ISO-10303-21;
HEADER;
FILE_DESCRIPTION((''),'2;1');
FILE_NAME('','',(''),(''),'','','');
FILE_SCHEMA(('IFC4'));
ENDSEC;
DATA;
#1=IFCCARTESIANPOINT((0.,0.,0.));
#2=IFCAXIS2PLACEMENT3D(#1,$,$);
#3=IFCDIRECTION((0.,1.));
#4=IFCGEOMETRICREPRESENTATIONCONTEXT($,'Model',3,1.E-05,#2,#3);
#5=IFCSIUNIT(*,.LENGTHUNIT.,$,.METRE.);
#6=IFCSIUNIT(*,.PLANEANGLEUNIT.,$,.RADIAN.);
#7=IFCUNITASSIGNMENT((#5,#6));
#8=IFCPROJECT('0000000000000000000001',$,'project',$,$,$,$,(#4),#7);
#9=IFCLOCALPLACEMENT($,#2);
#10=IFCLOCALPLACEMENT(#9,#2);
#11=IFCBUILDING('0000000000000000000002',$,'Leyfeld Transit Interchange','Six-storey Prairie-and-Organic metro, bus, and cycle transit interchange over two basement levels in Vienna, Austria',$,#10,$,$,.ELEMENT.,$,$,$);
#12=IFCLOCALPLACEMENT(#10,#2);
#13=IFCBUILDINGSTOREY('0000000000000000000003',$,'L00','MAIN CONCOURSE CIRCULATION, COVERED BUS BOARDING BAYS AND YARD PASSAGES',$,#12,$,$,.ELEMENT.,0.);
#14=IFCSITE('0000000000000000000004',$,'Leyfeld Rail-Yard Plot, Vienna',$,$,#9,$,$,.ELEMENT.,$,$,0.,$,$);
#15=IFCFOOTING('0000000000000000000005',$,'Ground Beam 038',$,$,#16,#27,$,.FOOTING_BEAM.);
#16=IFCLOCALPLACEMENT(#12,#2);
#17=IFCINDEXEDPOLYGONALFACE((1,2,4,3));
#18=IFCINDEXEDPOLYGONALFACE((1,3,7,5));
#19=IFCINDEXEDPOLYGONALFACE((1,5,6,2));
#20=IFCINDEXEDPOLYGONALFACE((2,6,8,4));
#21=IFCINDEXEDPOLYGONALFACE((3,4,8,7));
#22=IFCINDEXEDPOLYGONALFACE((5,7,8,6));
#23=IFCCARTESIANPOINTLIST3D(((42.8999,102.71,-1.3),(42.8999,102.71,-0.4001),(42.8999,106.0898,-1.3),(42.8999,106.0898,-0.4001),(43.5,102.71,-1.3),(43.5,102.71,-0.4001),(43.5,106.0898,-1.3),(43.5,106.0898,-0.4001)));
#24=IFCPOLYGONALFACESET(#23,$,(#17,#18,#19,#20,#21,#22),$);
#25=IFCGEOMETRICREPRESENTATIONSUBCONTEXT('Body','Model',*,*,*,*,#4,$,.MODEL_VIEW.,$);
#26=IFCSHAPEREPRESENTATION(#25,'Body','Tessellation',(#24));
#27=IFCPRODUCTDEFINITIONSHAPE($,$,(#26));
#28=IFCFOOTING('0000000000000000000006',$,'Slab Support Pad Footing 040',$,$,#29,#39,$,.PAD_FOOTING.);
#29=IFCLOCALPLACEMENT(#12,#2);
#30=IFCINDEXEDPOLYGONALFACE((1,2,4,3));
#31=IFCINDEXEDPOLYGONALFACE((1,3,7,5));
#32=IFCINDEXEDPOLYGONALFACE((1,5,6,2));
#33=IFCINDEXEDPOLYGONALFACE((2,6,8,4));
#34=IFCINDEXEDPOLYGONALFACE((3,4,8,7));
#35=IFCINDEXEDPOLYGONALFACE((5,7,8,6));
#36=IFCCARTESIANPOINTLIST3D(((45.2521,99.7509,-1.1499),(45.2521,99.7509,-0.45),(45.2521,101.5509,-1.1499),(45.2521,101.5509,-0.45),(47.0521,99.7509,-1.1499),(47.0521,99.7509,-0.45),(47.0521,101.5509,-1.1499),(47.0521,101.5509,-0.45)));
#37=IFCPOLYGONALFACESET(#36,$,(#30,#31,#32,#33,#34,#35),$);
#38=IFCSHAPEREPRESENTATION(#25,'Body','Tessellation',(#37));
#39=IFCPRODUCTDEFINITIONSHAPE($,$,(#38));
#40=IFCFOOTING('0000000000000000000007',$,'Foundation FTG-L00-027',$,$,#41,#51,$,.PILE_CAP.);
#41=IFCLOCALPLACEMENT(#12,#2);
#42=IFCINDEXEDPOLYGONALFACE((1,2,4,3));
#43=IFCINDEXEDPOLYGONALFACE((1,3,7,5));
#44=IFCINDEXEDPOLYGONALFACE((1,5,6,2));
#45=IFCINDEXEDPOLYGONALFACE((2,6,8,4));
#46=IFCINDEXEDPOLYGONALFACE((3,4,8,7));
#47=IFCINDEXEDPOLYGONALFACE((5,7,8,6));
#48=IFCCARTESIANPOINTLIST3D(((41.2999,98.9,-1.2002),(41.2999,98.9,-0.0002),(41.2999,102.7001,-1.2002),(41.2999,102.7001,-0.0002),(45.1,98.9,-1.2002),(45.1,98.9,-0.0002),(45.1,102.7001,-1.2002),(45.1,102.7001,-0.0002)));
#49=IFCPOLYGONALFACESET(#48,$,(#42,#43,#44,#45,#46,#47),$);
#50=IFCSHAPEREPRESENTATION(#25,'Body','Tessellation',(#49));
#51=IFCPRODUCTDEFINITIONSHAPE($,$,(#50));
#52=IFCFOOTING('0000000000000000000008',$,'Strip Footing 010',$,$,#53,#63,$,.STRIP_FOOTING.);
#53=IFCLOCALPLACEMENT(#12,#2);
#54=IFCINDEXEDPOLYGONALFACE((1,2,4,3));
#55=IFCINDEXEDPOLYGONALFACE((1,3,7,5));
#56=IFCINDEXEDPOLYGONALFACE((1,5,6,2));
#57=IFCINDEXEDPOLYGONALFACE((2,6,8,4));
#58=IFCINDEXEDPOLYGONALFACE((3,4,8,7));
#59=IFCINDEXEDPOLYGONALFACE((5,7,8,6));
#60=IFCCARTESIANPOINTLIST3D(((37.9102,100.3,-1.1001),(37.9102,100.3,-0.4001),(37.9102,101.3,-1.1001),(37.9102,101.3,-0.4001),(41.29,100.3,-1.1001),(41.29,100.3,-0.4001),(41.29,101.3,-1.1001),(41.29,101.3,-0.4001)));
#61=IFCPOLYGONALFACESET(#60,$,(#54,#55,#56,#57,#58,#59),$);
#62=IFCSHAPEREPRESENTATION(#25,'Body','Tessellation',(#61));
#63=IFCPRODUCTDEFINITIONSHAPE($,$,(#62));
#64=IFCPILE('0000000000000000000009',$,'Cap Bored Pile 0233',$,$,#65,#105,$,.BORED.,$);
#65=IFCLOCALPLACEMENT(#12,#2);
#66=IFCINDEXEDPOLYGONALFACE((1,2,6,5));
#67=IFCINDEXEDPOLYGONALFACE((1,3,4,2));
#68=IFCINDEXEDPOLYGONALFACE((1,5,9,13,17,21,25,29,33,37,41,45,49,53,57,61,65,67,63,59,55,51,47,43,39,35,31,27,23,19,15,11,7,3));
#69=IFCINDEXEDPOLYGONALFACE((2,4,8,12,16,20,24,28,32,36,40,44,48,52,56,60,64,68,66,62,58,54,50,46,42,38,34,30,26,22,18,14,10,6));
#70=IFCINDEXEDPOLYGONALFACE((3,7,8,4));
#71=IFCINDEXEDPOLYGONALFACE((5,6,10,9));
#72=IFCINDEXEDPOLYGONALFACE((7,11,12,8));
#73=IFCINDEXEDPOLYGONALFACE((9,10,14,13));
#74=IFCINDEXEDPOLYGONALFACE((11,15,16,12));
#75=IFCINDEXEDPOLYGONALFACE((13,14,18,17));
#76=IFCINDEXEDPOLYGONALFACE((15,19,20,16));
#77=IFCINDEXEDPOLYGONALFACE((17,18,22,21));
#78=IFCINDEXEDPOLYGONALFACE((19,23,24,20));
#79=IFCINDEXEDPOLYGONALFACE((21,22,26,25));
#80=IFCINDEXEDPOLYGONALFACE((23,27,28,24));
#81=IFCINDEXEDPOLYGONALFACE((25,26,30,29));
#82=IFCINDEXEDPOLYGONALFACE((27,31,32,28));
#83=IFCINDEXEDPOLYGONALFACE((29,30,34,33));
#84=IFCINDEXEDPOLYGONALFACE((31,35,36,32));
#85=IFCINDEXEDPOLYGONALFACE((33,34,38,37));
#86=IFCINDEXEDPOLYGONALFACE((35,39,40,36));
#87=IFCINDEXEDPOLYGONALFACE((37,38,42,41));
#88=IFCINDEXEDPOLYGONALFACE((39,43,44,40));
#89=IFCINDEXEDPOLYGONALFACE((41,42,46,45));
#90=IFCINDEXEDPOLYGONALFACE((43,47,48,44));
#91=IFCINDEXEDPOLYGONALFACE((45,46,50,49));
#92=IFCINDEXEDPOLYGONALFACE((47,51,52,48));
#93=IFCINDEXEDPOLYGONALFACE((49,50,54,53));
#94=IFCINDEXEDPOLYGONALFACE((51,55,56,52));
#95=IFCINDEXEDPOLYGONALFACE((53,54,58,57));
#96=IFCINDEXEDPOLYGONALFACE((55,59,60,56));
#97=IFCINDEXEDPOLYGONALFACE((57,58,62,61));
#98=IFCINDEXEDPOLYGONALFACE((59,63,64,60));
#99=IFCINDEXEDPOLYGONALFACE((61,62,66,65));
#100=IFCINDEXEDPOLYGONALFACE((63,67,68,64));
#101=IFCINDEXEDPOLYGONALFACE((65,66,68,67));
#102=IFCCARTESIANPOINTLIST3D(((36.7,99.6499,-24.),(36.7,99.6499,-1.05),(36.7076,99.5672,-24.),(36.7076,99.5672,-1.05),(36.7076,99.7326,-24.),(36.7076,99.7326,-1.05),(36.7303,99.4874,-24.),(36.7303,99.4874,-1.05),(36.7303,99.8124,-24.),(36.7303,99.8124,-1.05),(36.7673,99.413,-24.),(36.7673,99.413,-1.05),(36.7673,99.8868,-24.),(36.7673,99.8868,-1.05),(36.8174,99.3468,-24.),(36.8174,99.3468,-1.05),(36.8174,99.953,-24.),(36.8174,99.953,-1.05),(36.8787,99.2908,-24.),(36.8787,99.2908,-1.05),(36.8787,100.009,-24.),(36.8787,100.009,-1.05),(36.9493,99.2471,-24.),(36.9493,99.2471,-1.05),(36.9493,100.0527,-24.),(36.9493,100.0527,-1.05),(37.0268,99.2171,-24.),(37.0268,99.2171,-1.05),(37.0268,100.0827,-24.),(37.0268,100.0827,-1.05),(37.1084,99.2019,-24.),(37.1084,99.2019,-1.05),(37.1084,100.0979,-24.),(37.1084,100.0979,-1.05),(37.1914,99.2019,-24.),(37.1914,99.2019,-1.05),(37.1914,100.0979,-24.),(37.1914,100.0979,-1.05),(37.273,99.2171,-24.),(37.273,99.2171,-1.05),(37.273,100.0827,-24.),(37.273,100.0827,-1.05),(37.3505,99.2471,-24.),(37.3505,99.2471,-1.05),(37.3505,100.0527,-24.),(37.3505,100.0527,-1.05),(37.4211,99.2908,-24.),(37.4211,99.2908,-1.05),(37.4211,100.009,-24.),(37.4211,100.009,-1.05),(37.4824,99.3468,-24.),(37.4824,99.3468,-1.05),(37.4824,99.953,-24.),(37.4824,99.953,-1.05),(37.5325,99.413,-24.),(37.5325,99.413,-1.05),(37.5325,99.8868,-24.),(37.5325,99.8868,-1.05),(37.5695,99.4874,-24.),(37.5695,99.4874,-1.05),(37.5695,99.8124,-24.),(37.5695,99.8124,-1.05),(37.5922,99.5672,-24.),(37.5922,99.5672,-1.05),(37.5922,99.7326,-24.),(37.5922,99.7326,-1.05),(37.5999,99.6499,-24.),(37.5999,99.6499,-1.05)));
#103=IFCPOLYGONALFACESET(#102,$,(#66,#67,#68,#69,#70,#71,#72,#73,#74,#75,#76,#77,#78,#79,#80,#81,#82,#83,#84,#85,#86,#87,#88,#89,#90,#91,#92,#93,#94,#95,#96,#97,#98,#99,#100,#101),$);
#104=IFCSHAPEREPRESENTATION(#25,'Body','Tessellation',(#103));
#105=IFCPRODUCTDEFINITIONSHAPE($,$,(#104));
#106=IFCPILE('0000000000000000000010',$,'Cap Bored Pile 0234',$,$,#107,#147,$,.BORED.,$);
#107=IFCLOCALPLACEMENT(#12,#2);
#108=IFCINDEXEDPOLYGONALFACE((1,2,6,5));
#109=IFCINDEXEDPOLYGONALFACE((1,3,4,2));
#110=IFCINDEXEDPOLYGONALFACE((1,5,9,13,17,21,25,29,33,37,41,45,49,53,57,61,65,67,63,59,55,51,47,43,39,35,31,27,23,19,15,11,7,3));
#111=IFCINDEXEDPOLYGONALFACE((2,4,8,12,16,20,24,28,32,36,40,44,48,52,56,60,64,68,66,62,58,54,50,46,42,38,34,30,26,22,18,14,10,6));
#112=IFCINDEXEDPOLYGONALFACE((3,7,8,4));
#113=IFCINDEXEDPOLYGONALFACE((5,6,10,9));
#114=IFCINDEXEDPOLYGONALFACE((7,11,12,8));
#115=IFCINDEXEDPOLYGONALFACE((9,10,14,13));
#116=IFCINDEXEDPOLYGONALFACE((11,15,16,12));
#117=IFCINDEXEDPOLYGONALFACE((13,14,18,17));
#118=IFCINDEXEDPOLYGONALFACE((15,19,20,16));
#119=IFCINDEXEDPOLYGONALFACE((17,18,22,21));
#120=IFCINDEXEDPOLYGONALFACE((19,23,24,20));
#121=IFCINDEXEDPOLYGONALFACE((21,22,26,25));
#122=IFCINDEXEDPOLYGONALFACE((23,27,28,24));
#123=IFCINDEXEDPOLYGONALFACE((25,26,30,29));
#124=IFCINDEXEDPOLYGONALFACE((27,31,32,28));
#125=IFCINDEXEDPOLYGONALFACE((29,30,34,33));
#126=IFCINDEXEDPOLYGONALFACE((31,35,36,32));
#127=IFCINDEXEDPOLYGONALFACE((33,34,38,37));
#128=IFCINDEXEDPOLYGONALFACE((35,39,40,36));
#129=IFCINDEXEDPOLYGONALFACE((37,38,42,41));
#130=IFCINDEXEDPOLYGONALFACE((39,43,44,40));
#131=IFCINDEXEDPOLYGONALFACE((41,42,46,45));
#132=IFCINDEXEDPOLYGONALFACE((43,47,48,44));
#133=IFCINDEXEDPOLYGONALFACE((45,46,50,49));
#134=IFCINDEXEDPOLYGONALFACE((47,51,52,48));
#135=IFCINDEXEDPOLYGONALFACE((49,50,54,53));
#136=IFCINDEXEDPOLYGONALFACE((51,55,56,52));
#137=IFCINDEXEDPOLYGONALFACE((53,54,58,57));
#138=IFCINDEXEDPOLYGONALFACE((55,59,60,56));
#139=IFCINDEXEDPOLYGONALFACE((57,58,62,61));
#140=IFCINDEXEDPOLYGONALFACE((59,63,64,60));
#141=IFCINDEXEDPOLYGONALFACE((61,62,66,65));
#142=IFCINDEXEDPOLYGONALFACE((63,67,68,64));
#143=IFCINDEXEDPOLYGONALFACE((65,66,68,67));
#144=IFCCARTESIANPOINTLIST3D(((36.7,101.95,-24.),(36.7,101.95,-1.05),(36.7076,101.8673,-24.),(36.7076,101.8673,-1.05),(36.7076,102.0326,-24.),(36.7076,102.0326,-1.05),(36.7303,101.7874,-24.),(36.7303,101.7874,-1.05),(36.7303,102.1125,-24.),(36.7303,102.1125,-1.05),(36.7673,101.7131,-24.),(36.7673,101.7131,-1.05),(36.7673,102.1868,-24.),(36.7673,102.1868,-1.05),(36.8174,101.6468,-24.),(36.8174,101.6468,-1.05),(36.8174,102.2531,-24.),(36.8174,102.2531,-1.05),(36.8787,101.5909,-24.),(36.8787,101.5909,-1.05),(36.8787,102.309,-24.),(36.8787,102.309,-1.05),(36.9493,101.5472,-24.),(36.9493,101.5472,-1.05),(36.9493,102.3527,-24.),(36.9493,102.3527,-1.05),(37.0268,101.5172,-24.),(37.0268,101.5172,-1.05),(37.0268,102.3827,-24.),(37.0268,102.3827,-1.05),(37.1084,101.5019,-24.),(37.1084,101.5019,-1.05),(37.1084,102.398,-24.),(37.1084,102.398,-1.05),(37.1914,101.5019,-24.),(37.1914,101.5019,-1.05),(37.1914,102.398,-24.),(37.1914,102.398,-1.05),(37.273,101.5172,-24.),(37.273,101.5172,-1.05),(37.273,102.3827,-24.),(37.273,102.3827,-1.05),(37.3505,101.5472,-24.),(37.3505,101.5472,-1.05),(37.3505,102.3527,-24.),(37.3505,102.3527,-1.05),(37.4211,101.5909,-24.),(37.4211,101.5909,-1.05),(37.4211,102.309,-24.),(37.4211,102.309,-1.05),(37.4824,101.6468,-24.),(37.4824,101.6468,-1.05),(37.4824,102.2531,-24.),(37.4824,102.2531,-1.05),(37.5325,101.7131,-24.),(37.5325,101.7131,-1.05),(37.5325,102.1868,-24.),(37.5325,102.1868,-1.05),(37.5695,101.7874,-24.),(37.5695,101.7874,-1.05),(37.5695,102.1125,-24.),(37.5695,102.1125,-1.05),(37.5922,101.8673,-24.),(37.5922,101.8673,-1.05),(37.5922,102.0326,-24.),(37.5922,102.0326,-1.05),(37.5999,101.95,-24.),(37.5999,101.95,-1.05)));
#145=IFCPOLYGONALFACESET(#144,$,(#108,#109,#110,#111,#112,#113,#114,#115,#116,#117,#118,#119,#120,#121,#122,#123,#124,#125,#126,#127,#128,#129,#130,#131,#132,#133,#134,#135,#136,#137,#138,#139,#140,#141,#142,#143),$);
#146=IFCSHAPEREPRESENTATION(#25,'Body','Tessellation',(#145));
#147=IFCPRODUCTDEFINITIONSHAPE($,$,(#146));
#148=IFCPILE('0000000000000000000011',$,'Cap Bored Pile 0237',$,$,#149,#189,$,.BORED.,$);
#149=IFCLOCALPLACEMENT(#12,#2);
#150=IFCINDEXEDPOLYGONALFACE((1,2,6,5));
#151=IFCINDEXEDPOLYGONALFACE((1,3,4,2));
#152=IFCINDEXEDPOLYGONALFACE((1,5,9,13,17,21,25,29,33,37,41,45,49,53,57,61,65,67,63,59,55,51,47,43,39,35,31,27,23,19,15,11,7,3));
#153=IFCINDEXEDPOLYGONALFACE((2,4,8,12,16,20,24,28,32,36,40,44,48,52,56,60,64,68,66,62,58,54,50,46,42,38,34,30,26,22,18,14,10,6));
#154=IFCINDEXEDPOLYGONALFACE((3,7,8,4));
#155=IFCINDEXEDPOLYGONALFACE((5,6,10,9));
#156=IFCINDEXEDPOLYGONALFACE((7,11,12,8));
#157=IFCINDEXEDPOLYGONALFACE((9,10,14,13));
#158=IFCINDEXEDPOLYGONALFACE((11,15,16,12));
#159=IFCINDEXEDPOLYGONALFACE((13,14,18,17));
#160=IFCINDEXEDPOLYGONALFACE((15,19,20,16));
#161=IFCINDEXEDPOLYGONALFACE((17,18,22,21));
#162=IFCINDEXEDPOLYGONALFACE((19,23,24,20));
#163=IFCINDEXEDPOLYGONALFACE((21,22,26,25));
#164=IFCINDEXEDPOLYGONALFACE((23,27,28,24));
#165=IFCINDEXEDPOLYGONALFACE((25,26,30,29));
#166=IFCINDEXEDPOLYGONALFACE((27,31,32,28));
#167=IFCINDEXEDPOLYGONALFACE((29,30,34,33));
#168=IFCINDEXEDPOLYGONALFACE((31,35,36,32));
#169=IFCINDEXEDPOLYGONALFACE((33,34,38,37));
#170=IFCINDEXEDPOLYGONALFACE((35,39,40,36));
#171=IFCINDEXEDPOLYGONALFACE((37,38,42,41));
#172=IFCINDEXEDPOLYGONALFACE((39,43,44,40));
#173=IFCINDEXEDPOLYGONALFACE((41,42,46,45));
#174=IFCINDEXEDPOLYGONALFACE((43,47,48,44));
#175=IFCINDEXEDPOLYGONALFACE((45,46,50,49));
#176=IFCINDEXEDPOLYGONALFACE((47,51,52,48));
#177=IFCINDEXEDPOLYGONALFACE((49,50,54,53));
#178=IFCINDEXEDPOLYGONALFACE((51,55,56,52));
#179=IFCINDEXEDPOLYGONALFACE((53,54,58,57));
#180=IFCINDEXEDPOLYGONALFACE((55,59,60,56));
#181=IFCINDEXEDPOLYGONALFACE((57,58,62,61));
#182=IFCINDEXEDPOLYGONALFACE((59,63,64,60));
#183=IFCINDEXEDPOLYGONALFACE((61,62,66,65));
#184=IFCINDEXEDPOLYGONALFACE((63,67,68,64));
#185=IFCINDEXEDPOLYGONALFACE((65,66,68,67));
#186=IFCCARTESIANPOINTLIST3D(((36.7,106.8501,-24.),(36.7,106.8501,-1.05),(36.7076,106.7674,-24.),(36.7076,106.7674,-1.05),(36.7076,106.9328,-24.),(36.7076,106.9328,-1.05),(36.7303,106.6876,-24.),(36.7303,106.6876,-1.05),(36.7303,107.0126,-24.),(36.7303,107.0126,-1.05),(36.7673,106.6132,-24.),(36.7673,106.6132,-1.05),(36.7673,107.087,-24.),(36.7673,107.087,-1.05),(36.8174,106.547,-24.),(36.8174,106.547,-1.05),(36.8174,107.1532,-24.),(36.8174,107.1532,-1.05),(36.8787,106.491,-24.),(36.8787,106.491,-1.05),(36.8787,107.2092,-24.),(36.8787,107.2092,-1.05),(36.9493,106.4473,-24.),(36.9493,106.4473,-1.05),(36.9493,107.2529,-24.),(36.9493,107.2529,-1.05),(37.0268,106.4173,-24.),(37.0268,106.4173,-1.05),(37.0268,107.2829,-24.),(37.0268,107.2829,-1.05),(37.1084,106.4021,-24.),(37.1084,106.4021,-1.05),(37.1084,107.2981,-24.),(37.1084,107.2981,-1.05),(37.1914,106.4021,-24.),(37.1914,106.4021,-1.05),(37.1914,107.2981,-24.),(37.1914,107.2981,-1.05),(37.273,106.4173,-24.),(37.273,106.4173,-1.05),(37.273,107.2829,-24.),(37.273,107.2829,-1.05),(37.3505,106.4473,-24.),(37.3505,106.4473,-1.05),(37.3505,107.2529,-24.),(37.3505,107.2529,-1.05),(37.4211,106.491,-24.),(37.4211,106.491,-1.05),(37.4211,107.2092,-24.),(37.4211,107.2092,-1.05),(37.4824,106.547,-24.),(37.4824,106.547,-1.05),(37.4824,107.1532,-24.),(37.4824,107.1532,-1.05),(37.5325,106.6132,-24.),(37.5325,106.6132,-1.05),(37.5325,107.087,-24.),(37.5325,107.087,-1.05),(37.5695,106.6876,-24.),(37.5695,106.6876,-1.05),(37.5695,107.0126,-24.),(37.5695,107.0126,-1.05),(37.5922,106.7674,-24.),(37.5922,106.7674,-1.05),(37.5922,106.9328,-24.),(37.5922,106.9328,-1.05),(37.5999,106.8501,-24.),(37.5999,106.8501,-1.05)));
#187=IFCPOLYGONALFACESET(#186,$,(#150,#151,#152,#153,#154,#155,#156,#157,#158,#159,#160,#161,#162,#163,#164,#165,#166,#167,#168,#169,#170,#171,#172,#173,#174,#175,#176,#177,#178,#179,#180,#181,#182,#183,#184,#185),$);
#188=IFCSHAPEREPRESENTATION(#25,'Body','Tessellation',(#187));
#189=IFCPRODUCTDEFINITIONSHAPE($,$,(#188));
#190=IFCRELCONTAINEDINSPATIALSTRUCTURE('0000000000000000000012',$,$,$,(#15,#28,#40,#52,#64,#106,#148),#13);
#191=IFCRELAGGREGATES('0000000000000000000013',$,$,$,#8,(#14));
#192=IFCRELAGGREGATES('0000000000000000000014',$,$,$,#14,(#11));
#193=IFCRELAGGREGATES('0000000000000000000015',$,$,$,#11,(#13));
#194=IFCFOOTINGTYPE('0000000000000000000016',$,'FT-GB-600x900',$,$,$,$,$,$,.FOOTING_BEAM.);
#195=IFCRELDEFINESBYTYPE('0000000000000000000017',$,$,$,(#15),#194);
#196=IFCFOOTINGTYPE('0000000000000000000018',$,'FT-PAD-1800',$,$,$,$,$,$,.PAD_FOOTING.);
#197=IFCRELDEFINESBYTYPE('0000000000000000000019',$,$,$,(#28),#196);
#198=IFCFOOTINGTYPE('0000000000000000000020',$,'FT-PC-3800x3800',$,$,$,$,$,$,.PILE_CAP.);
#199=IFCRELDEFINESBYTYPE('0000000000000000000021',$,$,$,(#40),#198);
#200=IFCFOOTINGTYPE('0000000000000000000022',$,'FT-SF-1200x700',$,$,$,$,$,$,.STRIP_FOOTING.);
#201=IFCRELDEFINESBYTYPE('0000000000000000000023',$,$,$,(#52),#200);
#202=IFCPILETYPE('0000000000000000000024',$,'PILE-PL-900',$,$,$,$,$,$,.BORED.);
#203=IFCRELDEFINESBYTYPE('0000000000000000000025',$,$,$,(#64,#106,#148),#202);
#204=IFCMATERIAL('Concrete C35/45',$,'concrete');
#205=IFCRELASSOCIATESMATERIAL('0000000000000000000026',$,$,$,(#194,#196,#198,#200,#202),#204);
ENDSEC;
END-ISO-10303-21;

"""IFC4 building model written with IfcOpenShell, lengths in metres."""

from ifc_helpers import new_model, si_unit, direction, frame, origin, origin_2d, place, context, subcontext, project, spatial, rectangle, circle, extrude, material, material_profile, profile_set, type_object, element, save


model = new_model("IFC4")

# Units and contexts
model_context = context("Model", 3, precision=1e-05, world=origin(), true_north=direction((0.0, 1.0)))
body_context = subcontext(model_context, "Body", "Model", "MODEL_VIEW")
ifc_project = project(units=[si_unit("LENGTHUNIT", "METRE"), si_unit("PLANEANGLEUNIT", "RADIAN")], contexts=[model_context])

# Site, building, storey
site_placement = place(None, origin())
site = spatial("IfcSite", under=ifc_project, at=site_placement, Name="Leyfeld Rail-Yard Plot, Vienna", CompositionType="ELEMENT", RefElevation=0.0)
building_placement = place(site_placement, origin())
building = spatial("IfcBuilding", under=site, at=building_placement, Name="Leyfeld Transit Interchange", Description="Six-storey Prairie-and-Organic metro, bus, and cycle transit interchange over two basement levels in Vienna, Austria", CompositionType="ELEMENT")
storey_placement = place(building_placement, origin())
storey = spatial("IfcBuildingStorey", under=building, at=storey_placement, Name="L00", Description="MAIN CONCOURSE CIRCULATION, COVERED BUS BOARDING BAYS AND YARD PASSAGES", CompositionType="ELEMENT", Elevation=0.0)

# Footings
ifc_material_1 = material(Name="Concrete C35/45", Category="concrete")
footing_type_1 = type_object("IfcFootingType", Name="FT-GB-600x900", PredefinedType="FOOTING_BEAM", material=ifc_material_1)
footing_1_placement = place(storey_placement, frame((43.2, 104.3999, -1.3), z_axis=(0.0, 0.0, 1.0), x_axis=(1.0, 0.0, 0.0)))
element("IfcFooting", 1, at=footing_1_placement, inside=storey, type_object=footing_type_1, Name="Ground Beam 038", PredefinedType="FOOTING_BEAM", context=body_context, shape_type="SweptSolid", body=[
    extrude(rectangle(XDim=0.6001, YDim=3.3799, at=origin_2d()), origin(), (0.0, 0.0, 1.0), 0.8999),
])
footing_type_2 = type_object("IfcFootingType", Name="FT-PAD-1800", PredefinedType="PAD_FOOTING", material=ifc_material_1)
footing_2_placement = place(storey_placement, frame((46.1521, 100.6509, -1.1499), z_axis=(0.0, 0.0, 1.0), x_axis=(1.0, 0.0, 0.0)))
element("IfcFooting", 2, at=footing_2_placement, inside=storey, type_object=footing_type_2, Name="Slab Support Pad Footing 040", PredefinedType="PAD_FOOTING", context=body_context, shape_type="SweptSolid", body=[
    extrude(rectangle(XDim=1.8, YDim=1.8, at=origin_2d()), origin(), (0.0, 0.0, 1.0), 0.7),
])
footing_type_3 = type_object("IfcFootingType", Name="FT-PC-3800x3800", PredefinedType="PILE_CAP", material=ifc_material_1)
footing_3_placement = place(storey_placement, frame((43.2, 100.8, -1.2002), z_axis=(0.0, 0.0, 1.0), x_axis=(1.0, 0.0, 0.0)))
element("IfcFooting", 3, at=footing_3_placement, inside=storey, type_object=footing_type_3, Name="Foundation FTG-L00-027", PredefinedType="PILE_CAP", context=body_context, shape_type="SweptSolid", body=[
    extrude(rectangle(XDim=3.8, YDim=3.8, at=origin_2d()), origin(), (0.0, 0.0, 1.0), 1.2),
])
footing_type_4 = type_object("IfcFootingType", Name="FT-SF-1200x700", PredefinedType="STRIP_FOOTING", material=ifc_material_1)
footing_4_placement = place(storey_placement, frame((39.6001, 100.8, -1.1001), z_axis=(0.0, 0.0, 1.0), x_axis=(1.0, 0.0, 0.0)))
element("IfcFooting", 4, at=footing_4_placement, inside=storey, type_object=footing_type_4, Name="Strip Footing 010", PredefinedType="STRIP_FOOTING", context=body_context, shape_type="SweptSolid", body=[
    extrude(rectangle(XDim=3.3799, YDim=1.0, at=origin_2d()), origin(), (0.0, 0.0, 1.0), 0.7),
])

# Piles
ifc_material_profile_1 = material_profile(ifc_material_1, circle(Radius=0.45, at=origin_2d()), Name="PILE D900")
ifc_profile_set_1 = profile_set([ifc_material_profile_1], Name="Concrete C35/45")
pile_type = type_object("IfcPileType", Name="PILE-PL-900", PredefinedType="BORED", material=ifc_profile_set_1)
for number, where, z_axis, x_axis, name in (
    (5, (37.1499, 99.6499, -1.05), (0.0, 0.0, -1.0), (1.0, 0.0, 0.0), "Cap Bored Pile 0233"),
    (6, (37.1499, 101.95, -1.05), (0.0, 0.0, -1.0), (1.0, 0.0, 0.0), "Cap Bored Pile 0234"),
    (7, (37.1499, 106.8501, -1.05), (0.0, 0.0, -1.0), (1.0, 0.0, 0.0), "Cap Bored Pile 0237"),
):
    element("IfcPile", number, at=place(storey_placement, frame(where, z_axis=z_axis, x_axis=x_axis)), inside=storey, type_object=pile_type, Name=name, PredefinedType="BORED", context=body_context, shape_type="SweptSolid", body=[
        extrude(circle(Radius=0.45, at=origin_2d()), origin(), (0.0, 0.0, 1.0), 22.95),
    ])

save(model, "model.ifc")
